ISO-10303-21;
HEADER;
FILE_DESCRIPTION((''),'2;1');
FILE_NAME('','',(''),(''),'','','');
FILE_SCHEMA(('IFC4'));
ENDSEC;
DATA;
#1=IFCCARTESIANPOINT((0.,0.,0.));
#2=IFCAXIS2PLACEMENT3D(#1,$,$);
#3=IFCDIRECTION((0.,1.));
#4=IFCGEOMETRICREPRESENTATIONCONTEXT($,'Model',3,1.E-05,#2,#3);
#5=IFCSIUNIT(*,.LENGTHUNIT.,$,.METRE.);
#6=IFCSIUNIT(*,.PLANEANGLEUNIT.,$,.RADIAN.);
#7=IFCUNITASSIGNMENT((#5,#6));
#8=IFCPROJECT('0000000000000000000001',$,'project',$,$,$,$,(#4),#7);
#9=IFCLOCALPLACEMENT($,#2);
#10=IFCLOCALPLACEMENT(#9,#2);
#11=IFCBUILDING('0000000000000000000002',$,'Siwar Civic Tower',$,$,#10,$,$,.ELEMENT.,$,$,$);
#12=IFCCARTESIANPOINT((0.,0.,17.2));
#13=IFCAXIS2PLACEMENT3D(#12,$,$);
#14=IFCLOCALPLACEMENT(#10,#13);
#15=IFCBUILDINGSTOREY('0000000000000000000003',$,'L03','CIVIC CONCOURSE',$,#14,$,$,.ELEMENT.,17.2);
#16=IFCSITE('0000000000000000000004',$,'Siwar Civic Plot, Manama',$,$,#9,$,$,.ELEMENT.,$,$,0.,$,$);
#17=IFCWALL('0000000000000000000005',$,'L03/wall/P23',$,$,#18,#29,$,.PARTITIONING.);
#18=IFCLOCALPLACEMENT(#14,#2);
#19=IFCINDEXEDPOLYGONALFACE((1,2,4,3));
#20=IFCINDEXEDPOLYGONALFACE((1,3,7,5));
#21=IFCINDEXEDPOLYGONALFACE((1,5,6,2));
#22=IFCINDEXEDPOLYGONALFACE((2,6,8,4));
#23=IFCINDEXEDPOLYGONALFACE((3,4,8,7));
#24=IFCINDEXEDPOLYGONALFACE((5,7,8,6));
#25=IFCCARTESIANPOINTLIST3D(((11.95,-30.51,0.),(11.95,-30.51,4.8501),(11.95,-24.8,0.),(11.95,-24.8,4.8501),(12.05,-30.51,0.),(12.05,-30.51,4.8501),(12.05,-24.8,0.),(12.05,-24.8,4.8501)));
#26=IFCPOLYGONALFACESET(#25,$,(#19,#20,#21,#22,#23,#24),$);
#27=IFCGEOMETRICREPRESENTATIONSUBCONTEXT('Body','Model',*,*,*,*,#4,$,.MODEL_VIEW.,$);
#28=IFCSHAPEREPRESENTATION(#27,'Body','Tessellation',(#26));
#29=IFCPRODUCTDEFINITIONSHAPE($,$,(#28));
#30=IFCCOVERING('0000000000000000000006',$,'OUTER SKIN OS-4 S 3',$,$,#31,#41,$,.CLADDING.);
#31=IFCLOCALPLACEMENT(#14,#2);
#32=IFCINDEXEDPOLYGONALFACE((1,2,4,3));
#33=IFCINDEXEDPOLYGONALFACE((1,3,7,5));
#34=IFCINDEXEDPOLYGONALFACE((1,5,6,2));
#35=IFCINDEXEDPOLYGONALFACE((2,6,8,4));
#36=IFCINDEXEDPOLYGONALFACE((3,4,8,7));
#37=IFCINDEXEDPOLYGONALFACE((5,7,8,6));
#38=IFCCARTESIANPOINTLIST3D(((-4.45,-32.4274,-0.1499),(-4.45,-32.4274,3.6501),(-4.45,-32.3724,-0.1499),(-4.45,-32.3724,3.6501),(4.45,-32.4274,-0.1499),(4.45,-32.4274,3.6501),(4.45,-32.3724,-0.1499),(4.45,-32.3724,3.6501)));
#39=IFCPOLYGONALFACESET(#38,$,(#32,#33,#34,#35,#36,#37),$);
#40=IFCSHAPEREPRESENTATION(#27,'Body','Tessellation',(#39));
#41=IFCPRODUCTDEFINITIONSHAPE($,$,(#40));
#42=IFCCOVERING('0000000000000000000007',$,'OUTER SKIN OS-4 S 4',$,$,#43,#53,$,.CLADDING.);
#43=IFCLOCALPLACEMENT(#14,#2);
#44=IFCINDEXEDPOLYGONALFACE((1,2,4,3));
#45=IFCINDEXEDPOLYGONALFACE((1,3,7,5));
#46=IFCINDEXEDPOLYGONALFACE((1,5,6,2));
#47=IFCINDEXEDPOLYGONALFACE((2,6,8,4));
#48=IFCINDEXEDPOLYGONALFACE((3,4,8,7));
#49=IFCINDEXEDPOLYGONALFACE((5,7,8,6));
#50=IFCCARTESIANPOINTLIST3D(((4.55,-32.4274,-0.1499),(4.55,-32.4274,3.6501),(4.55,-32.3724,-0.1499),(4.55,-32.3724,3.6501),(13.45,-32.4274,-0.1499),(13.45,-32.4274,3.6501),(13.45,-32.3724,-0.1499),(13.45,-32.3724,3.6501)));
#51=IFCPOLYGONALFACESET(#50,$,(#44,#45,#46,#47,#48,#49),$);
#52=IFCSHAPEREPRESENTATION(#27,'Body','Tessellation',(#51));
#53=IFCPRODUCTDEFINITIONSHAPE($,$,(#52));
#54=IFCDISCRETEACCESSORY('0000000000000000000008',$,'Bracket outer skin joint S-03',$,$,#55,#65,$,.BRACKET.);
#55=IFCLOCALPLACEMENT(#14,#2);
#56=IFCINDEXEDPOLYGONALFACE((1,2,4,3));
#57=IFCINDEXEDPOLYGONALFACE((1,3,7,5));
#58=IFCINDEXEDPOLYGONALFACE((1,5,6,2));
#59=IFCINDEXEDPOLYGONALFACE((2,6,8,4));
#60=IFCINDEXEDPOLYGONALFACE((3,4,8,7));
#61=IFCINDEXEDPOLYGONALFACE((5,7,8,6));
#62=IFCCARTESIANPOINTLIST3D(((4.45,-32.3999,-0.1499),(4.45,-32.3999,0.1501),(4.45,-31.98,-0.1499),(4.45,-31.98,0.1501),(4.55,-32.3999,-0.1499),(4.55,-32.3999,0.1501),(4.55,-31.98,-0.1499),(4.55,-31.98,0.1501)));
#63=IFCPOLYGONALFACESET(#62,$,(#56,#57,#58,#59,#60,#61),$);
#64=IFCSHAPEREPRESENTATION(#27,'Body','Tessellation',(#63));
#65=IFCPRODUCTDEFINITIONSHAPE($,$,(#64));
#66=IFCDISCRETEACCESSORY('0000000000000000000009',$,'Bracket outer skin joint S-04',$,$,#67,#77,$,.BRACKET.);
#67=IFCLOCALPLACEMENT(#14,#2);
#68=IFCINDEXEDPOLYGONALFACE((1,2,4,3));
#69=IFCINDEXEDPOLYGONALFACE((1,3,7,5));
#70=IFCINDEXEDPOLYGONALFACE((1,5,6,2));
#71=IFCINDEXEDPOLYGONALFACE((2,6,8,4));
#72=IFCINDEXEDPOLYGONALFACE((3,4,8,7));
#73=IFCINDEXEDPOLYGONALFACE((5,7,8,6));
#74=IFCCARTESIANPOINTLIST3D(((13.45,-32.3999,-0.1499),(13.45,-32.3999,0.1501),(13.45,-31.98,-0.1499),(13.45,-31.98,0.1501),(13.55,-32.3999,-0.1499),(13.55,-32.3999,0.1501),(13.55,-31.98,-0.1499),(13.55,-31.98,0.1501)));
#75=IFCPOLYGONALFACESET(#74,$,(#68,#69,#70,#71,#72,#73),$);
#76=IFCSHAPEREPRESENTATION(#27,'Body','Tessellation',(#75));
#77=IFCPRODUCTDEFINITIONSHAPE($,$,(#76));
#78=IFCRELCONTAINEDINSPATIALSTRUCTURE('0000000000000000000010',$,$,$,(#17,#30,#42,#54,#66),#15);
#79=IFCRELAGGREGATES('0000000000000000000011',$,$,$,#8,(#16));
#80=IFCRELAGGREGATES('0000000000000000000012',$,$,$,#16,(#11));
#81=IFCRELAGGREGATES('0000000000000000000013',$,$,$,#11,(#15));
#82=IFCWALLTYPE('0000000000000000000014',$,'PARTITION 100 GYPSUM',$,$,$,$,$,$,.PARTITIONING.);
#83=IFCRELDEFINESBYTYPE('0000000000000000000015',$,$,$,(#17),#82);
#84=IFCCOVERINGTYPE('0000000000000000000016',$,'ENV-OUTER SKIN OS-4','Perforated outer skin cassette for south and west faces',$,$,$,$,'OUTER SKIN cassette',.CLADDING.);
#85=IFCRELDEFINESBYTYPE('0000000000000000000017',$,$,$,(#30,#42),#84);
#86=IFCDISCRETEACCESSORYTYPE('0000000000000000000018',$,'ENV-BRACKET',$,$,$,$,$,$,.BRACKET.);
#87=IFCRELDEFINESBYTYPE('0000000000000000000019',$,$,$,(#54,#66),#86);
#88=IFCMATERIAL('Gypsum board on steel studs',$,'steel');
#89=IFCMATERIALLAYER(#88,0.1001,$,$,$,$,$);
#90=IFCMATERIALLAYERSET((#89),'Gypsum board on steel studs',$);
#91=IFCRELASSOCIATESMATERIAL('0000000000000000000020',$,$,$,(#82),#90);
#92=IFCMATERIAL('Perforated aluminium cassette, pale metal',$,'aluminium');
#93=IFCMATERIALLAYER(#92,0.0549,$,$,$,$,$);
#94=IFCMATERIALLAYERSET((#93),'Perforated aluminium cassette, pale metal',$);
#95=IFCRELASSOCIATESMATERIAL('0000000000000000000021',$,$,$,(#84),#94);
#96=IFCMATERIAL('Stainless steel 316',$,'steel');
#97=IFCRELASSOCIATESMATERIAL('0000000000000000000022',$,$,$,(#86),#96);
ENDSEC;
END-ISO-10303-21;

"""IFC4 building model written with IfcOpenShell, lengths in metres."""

from ifc_helpers import new_model, si_unit, direction, frame, frame_2d, origin, origin_2d, place, context, subcontext, project, spatial, rectangle, extrude, material, layer, layer_set, type_object, element, save


model = new_model("IFC4")

# Units and contexts
model_context = context("Model", 3, precision=1e-05, world=origin(), true_north=direction((0.0, 1.0)))
body_context = subcontext(model_context, "Body", "Model", "MODEL_VIEW")
ifc_project = project(units=[si_unit("LENGTHUNIT", "METRE"), si_unit("PLANEANGLEUNIT", "RADIAN")], contexts=[model_context])

# Site, building, storey
site_placement = place(None, origin())
site = spatial("IfcSite", under=ifc_project, at=site_placement, Name="Siwar Civic Plot, Manama", CompositionType="ELEMENT", RefElevation=0.0)
building_placement = place(site_placement, origin())
building = spatial("IfcBuilding", under=site, at=building_placement, Name="Siwar Civic Tower", CompositionType="ELEMENT")
storey_placement = place(building_placement, frame((0.0, 0.0, 17.2)))
storey = spatial("IfcBuildingStorey", under=building, at=storey_placement, Name="L03", Description="CIVIC CONCOURSE", CompositionType="ELEMENT", Elevation=17.2)

# Wall
ifc_material_1 = material(Name="Gypsum board on steel studs", Category="steel")
ifc_layer_1 = layer(ifc_material_1, 0.1001)
ifc_layer_set_1 = layer_set([ifc_layer_1], Name="Gypsum board on steel studs")
wall_type_1 = type_object("IfcWallType", Name="PARTITION 100 GYPSUM", PredefinedType="PARTITIONING", material=ifc_layer_set_1)
wall_1_placement = place(storey_placement, frame((12.0, -30.51, 0.0), z_axis=(0.0, 0.0, 1.0), x_axis=(0.0, 1.0, 0.0)))
element("IfcWall", 1, at=wall_1_placement, inside=storey, type_object=wall_type_1, Name="L03/wall/P23", PredefinedType="PARTITIONING", context=body_context, shape_type="SweptSolid", body=[
    extrude(rectangle(XDim=5.71, YDim=0.1001, at=frame_2d((2.855, 0.0))), origin(), (0.0, 0.0, 1.0), 4.8501),
])

# Coverings
ifc_material_2 = material(Name="Perforated aluminium cassette, pale metal", Category="aluminium")
ifc_layer_2 = layer(ifc_material_2, 0.0549)
ifc_layer_set_2 = layer_set([ifc_layer_2], Name="Perforated aluminium cassette, pale metal")
covering_type = type_object("IfcCoveringType", Name="ENV-OUTER SKIN OS-4", Description="Perforated outer skin cassette for south and west faces", ElementType="OUTER SKIN cassette", PredefinedType="CLADDING", material=ifc_layer_set_2)
for number, where, z_axis, x_axis, name in (
    (2, (0.0, -32.3999, -0.1499), (0.0, 0.0, 1.0), (1.0, 0.0, 0.0), "OUTER SKIN OS-4 S 3"),
    (3, (9.0, -32.3999, -0.1499), (0.0, 0.0, 1.0), (1.0, 0.0, 0.0), "OUTER SKIN OS-4 S 4"),
):
    element("IfcCovering", number, at=place(storey_placement, frame(where, z_axis=z_axis, x_axis=x_axis)), inside=storey, type_object=covering_type, Name=name, PredefinedType="CLADDING", context=body_context, shape_type="SweptSolid", body=[
        extrude(rectangle(XDim=8.8999, YDim=0.0549, at=origin_2d()), origin(), (0.0, 0.0, 1.0), 3.8),
    ])

# Discrete accessories
ifc_material_3 = material(Name="Stainless steel 316", Category="steel")
discrete_accessory_type = type_object("IfcDiscreteAccessoryType", Name="ENV-BRACKET", PredefinedType="BRACKET", material=ifc_material_3)
for number, where, z_axis, x_axis, name in (
    (4, (4.5, -32.1899, -0.1499), (0.0, 0.0, 1.0), (0.0, -1.0, 0.0), "Bracket outer skin joint S-03"),
    (5, (13.5, -32.1899, -0.1499), (0.0, 0.0, 1.0), (0.0, -1.0, 0.0), "Bracket outer skin joint S-04"),
):
    element("IfcDiscreteAccessory", number, at=place(storey_placement, frame(where, z_axis=z_axis, x_axis=x_axis)), inside=storey, type_object=discrete_accessory_type, Name=name, PredefinedType="BRACKET", context=body_context, shape_type="SweptSolid", body=[
        extrude(rectangle(XDim=0.4199, YDim=0.1001, at=origin_2d()), origin(), (0.0, 0.0, 1.0), 0.3),
    ])

save(model, "model.ifc")
